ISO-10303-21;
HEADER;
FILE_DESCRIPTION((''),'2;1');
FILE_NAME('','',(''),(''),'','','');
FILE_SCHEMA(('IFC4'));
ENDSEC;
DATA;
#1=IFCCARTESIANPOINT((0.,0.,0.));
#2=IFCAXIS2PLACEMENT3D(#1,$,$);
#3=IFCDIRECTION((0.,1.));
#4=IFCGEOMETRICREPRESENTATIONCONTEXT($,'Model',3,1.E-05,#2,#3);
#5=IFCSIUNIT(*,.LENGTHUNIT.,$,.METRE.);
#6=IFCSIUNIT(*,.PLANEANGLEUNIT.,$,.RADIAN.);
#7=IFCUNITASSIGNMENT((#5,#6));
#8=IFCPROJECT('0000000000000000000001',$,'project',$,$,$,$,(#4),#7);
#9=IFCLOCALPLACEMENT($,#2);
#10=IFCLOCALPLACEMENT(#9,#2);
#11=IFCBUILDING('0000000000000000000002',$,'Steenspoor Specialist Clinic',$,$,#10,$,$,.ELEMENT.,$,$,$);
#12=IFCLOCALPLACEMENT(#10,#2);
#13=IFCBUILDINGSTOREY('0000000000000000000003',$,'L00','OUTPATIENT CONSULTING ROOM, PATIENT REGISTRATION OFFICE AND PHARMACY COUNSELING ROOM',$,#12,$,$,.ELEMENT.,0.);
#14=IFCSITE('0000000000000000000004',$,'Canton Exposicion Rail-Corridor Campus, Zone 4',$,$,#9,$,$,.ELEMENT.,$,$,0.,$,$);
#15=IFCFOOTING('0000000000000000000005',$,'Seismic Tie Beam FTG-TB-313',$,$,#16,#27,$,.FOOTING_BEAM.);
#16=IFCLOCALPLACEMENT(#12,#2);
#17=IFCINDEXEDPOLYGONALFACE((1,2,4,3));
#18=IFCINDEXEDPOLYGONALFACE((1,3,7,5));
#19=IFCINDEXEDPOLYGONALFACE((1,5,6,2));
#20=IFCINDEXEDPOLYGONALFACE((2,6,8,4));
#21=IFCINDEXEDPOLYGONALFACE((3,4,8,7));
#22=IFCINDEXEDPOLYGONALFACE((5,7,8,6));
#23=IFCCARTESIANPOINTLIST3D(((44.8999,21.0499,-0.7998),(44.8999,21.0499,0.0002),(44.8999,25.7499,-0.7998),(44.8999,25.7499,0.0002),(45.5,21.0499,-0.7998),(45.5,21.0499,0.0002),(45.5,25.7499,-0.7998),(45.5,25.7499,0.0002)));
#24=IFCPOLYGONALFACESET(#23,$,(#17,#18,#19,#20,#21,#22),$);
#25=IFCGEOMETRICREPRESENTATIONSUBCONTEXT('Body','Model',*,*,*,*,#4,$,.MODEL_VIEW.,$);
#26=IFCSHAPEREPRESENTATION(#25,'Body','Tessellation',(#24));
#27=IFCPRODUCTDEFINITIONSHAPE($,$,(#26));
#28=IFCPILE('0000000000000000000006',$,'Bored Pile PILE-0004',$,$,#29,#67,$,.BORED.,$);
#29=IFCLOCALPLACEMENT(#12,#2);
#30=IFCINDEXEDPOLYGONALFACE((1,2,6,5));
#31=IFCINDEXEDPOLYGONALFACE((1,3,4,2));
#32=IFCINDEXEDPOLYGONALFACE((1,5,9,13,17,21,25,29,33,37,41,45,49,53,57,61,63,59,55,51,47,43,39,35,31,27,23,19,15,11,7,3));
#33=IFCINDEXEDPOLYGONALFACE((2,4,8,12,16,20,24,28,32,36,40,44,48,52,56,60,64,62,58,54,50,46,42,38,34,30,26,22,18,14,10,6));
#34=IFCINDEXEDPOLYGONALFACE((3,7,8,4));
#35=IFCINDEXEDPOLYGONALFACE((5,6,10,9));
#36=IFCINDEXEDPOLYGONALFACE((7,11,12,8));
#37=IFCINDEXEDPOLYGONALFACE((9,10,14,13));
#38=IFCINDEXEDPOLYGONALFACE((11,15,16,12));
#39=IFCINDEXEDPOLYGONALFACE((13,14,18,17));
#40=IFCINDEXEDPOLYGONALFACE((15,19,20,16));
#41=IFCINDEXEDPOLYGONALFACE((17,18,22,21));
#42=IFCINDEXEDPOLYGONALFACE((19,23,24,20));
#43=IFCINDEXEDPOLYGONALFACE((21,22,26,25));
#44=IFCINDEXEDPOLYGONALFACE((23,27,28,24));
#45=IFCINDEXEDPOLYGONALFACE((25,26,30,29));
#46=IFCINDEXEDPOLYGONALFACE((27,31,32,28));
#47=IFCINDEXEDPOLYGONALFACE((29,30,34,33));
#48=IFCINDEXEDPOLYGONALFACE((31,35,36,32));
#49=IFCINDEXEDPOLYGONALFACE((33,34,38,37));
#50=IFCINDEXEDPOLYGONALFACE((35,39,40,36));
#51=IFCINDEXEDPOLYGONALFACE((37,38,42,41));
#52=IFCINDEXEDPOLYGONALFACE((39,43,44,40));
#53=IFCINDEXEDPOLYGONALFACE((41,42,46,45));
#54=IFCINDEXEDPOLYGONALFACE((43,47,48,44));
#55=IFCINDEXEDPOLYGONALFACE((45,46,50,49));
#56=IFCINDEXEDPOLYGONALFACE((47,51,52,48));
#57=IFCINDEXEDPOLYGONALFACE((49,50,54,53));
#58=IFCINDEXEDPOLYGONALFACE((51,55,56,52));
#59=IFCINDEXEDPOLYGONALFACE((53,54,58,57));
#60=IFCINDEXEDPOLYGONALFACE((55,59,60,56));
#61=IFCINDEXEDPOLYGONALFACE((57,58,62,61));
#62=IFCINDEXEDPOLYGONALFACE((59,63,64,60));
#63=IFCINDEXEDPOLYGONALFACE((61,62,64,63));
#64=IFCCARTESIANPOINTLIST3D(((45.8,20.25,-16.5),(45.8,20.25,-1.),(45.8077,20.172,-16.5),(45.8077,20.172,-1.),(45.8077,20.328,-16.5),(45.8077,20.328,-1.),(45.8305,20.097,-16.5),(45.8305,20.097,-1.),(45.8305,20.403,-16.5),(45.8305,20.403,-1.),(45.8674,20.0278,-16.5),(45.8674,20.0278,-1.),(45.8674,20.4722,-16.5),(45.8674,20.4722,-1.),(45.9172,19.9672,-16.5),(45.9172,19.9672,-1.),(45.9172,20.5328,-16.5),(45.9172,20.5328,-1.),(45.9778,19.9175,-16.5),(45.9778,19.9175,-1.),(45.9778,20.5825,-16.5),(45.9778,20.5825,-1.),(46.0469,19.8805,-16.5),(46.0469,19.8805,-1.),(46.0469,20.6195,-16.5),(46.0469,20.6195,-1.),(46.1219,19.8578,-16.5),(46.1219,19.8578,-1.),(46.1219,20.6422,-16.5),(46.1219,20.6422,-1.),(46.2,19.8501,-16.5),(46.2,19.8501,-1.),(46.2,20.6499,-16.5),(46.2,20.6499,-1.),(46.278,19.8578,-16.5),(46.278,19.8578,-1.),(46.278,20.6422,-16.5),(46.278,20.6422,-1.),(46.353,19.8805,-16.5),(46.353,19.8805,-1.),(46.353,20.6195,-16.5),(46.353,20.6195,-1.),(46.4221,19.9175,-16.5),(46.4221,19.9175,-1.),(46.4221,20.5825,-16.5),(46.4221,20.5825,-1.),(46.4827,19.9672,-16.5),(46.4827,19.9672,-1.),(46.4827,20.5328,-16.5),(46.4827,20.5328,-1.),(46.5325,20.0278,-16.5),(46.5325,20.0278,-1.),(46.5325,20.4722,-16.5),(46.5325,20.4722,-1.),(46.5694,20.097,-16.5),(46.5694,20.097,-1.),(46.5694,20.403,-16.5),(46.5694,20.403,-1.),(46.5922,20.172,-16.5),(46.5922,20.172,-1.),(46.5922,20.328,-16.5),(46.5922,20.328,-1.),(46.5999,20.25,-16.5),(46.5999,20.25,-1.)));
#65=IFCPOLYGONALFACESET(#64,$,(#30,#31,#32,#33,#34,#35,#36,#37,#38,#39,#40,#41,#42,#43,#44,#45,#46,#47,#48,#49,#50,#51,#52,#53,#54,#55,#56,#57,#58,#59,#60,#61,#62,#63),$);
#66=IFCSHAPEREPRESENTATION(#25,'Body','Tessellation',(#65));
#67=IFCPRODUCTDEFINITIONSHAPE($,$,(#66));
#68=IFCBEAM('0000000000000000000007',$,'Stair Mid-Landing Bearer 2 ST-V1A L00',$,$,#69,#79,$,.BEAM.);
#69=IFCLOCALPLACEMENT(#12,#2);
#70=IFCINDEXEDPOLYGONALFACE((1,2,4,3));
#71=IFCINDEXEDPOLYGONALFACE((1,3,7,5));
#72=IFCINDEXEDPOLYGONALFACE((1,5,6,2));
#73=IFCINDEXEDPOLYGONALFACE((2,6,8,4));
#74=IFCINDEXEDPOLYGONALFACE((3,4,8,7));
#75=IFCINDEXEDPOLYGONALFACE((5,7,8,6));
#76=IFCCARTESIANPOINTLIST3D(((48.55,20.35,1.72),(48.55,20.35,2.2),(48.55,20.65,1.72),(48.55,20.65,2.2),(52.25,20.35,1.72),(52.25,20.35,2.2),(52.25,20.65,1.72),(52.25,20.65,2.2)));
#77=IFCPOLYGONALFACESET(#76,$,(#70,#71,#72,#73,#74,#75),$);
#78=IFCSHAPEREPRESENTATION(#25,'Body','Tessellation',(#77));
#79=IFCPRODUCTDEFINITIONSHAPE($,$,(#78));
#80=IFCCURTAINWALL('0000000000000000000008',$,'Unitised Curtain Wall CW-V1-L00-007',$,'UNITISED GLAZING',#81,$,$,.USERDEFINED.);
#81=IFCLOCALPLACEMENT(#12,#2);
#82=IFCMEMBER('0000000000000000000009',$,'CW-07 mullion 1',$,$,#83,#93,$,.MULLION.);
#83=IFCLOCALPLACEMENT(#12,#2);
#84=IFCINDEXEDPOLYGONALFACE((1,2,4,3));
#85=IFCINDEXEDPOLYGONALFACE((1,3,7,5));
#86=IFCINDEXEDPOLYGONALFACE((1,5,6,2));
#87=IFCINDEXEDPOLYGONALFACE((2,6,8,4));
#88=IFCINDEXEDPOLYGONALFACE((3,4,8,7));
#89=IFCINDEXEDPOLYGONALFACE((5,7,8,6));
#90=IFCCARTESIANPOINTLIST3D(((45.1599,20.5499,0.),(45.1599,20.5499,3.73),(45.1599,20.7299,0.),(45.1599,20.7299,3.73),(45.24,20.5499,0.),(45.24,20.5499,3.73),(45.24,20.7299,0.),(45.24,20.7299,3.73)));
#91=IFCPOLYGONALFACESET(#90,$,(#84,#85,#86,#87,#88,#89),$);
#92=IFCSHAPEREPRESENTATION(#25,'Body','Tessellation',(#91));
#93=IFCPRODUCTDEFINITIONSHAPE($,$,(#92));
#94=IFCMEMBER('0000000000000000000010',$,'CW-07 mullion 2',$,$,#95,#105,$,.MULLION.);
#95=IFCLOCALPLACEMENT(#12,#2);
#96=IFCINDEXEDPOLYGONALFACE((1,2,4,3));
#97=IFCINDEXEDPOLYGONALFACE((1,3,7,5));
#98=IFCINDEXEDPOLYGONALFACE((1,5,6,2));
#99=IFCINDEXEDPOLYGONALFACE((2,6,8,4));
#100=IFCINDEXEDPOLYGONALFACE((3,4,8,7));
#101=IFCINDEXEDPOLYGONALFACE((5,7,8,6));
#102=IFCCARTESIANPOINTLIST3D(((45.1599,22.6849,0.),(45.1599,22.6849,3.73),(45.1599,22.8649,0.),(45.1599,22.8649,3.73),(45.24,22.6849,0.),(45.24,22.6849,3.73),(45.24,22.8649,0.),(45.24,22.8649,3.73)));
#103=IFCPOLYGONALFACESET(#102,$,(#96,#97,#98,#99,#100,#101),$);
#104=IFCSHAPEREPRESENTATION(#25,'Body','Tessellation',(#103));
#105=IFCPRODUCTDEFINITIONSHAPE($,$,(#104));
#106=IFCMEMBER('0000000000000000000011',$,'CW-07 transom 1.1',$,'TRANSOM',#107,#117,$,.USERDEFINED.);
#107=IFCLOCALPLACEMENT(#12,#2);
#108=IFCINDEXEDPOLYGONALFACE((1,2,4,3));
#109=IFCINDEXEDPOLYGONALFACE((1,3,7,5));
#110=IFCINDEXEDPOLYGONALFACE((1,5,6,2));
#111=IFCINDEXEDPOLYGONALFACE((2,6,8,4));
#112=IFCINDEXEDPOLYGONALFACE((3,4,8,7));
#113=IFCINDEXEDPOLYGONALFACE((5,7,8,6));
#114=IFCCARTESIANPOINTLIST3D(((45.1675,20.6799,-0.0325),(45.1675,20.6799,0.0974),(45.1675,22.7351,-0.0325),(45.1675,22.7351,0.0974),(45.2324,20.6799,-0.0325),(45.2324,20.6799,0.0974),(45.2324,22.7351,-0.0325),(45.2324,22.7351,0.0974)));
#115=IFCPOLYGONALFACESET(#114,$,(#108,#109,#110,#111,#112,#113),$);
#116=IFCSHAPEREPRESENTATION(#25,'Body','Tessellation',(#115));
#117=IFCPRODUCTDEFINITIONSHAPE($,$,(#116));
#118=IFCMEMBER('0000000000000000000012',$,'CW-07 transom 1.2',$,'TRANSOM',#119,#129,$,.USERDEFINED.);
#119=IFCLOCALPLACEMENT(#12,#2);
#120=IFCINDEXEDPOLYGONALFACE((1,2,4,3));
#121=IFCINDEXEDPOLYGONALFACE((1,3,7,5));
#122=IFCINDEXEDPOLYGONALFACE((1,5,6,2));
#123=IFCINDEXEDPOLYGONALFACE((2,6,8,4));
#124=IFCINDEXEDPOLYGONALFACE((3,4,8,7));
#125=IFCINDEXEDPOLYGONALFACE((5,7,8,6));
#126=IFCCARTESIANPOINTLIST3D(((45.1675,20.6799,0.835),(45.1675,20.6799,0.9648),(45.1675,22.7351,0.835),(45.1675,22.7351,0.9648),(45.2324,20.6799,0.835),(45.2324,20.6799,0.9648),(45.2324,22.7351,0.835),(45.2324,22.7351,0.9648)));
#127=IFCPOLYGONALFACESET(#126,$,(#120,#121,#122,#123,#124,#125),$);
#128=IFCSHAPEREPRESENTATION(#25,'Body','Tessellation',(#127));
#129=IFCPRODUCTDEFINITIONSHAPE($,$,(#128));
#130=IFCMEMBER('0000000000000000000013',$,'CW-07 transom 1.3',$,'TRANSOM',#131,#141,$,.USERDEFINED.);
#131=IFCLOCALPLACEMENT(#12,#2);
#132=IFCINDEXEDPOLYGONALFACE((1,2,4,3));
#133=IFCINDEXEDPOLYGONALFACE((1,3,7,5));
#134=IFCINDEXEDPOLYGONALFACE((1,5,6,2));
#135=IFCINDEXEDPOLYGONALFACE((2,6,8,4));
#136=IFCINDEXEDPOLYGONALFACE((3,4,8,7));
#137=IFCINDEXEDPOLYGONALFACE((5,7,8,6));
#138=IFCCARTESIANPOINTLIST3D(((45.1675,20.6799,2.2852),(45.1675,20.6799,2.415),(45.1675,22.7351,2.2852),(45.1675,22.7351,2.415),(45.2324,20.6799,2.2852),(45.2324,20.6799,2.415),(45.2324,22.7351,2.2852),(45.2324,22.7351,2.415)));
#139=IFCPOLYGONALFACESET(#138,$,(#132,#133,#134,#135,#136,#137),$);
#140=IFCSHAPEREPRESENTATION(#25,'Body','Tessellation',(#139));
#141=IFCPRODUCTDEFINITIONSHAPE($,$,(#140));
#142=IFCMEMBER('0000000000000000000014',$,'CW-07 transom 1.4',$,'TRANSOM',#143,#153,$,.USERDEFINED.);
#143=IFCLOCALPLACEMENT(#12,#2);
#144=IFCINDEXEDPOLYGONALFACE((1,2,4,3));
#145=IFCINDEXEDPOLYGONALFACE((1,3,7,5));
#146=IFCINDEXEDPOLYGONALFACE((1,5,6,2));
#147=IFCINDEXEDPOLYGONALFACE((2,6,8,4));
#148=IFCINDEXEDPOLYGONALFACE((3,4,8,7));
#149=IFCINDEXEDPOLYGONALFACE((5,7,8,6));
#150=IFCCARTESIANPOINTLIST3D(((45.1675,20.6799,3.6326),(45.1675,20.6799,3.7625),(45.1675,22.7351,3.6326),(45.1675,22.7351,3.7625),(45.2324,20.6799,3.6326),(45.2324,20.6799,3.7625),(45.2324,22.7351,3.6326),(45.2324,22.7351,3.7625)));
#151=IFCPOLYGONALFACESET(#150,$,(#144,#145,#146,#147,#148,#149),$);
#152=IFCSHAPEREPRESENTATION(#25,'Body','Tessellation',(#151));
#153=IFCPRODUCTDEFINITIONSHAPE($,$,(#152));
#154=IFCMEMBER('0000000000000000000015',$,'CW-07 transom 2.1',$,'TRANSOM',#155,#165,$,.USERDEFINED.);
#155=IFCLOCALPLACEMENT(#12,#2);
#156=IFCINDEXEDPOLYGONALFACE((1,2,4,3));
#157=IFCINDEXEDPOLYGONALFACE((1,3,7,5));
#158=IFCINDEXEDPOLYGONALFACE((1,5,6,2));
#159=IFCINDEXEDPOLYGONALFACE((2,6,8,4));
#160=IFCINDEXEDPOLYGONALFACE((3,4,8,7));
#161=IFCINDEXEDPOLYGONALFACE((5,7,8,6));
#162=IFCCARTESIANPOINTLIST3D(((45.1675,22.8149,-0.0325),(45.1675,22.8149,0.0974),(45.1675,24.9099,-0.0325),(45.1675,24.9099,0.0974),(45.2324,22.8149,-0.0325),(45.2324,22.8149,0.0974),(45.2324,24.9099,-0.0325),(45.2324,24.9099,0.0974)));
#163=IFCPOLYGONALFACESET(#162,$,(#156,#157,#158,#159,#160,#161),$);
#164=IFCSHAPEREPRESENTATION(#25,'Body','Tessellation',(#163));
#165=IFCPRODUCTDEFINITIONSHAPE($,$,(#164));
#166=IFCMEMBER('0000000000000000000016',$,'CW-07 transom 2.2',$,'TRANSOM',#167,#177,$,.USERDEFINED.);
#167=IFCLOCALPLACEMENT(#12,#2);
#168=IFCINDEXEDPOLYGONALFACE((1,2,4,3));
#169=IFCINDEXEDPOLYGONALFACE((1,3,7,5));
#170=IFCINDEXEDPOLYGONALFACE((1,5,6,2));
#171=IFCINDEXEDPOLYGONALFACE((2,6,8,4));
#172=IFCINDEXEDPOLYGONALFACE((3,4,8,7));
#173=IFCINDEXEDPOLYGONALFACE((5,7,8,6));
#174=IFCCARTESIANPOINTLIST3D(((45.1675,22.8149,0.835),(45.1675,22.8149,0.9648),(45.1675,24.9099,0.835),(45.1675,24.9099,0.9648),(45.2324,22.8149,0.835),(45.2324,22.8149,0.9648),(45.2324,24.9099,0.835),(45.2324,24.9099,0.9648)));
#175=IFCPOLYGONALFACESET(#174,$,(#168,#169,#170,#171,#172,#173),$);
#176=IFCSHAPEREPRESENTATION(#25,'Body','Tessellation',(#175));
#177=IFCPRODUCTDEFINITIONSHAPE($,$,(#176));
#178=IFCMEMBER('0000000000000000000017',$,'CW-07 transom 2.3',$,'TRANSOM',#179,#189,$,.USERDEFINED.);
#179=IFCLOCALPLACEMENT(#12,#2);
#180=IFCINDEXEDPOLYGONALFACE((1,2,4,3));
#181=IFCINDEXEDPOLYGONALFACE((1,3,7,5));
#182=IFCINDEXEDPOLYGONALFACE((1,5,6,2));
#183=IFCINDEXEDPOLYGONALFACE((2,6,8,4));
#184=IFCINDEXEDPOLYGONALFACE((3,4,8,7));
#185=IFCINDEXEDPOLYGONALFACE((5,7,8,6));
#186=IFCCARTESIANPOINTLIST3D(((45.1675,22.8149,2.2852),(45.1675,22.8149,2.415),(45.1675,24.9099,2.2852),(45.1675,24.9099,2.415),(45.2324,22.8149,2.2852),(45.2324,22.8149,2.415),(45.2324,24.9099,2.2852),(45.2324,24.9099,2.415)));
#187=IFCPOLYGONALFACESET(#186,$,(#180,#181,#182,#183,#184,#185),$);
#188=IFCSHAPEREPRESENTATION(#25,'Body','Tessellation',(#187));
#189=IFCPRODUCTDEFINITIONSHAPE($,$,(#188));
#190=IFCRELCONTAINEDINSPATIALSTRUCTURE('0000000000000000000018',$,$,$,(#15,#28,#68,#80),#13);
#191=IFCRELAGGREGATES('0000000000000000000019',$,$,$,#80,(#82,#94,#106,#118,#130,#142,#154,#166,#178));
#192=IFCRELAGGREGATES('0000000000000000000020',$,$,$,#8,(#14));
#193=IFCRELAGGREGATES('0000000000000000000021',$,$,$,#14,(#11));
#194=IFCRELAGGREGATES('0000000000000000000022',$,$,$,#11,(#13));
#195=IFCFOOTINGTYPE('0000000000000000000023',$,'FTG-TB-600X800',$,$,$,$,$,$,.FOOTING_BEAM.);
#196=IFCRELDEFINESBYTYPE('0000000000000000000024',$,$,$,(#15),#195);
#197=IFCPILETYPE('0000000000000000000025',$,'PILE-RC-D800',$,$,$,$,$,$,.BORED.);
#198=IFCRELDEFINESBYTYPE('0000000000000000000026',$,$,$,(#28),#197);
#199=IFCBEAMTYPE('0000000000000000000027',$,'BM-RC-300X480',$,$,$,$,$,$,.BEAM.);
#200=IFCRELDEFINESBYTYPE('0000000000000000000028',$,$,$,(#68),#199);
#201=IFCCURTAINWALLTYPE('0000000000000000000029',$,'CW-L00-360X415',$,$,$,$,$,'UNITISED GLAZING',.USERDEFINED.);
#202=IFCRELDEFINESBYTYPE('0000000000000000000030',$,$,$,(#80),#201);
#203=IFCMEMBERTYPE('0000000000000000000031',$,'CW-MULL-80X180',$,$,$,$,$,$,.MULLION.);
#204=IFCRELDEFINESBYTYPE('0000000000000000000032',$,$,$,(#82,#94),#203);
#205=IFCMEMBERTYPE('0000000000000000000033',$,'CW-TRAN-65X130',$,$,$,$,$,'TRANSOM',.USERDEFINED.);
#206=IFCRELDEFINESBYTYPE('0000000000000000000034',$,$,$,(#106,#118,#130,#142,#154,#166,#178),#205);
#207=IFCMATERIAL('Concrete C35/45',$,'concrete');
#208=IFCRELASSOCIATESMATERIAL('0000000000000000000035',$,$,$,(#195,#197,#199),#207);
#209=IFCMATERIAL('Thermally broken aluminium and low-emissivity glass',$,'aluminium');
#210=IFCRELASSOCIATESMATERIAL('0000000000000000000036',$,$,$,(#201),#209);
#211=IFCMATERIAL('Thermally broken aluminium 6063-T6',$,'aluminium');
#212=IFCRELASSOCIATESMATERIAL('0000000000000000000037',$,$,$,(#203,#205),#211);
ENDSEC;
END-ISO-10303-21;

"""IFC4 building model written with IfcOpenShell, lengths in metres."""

from ifc_helpers import new_model, si_unit, direction, frame, origin, origin_2d, place, context, subcontext, project, spatial, rectangle, circle, extrude, material, material_profile, profile_set, type_object, element, aggregate, save


model = new_model("IFC4")

# Units and contexts
model_context = context("Model", 3, precision=1e-05, world=origin(), true_north=direction((0.0, 1.0)))
body_context = subcontext(model_context, "Body", "Model", "MODEL_VIEW")
ifc_project = project(units=[si_unit("LENGTHUNIT", "METRE"), si_unit("PLANEANGLEUNIT", "RADIAN")], contexts=[model_context])

# Site, building, storey
site_placement = place(None, origin())
site = spatial("IfcSite", under=ifc_project, at=site_placement, Name="Canton Exposicion Rail-Corridor Campus, Zone 4", CompositionType="ELEMENT", RefElevation=0.0)
building_placement = place(site_placement, origin())
building = spatial("IfcBuilding", under=site, at=building_placement, Name="Steenspoor Specialist Clinic", CompositionType="ELEMENT")
storey_placement = place(building_placement, origin())
storey = spatial("IfcBuildingStorey", under=building, at=storey_placement, Name="L00", Description="OUTPATIENT CONSULTING ROOM, PATIENT REGISTRATION OFFICE AND PHARMACY COUNSELING ROOM", CompositionType="ELEMENT", Elevation=0.0)

# Footing
ifc_material_1 = material(Name="Concrete C35/45", Category="concrete")
footing_type = type_object("IfcFootingType", Name="FTG-TB-600X800", PredefinedType="FOOTING_BEAM", material=ifc_material_1)
footing_placement = place(storey_placement, frame((45.2, 23.3999, -0.7998), z_axis=(0.0, 0.0, 1.0), x_axis=(1.0, 0.0, 0.0)))
element("IfcFooting", 1, at=footing_placement, inside=storey, type_object=footing_type, Name="Seismic Tie Beam FTG-TB-313", PredefinedType="FOOTING_BEAM", context=body_context, shape_type="SweptSolid", body=[
    extrude(rectangle(XDim=0.6001, YDim=4.7, at=origin_2d()), origin(), (0.0, 0.0, 1.0), 0.8),
])

# Pile
ifc_material_profile_1 = material_profile(ifc_material_1, circle(Radius=0.3999, at=origin_2d()), Name="PILE-D800")
ifc_profile_set_1 = profile_set([ifc_material_profile_1], Name="Concrete C35/45")
pile_type = type_object("IfcPileType", Name="PILE-RC-D800", PredefinedType="BORED", material=ifc_profile_set_1)
pile_placement = place(storey_placement, frame((46.2, 20.25, -1.0), z_axis=(0.0, 0.0, -1.0), x_axis=(1.0, 0.0, 0.0)))
element("IfcPile", 2, at=pile_placement, inside=storey, type_object=pile_type, Name="Bored Pile PILE-0004", PredefinedType="BORED", context=body_context, shape_type="SweptSolid", body=[
    extrude(circle(Radius=0.3999, at=origin_2d()), origin(), (0.0, 0.0, 1.0), 15.5),
])

# Beam
ifc_material_profile_2 = material_profile(ifc_material_1, rectangle(XDim=0.3, YDim=0.48, at=origin_2d()), Name="RC-BM-300X480")
ifc_profile_set_2 = profile_set([ifc_material_profile_2], Name="Concrete C35/45")
beam_type_1 = type_object("IfcBeamType", Name="BM-RC-300X480", PredefinedType="BEAM", material=ifc_profile_set_2)
beam_1_placement = place(storey_placement, frame((48.55, 20.5, 1.96), z_axis=(1.0, 0.0, 0.0), x_axis=(0.0, 1.0, 0.0)))
element("IfcBeam", 3, at=beam_1_placement, inside=storey, type_object=beam_type_1, Name="Stair Mid-Landing Bearer 2 ST-V1A L00", PredefinedType="BEAM", context=body_context, shape_type="SweptSolid", body=[
    extrude(rectangle(XDim=0.3, YDim=0.48, at=origin_2d()), origin(), (0.0, 0.0, 1.0), 3.7),
])

# Curtain wall, members
ifc_material_2 = material(Name="Thermally broken aluminium and low-emissivity glass", Category="aluminium")
curtain_wall_type = type_object("IfcCurtainWallType", Name="CW-L00-360X415", ElementType="UNITISED GLAZING", PredefinedType="USERDEFINED", material=ifc_material_2)
curtain_wall_placement = place(storey_placement, origin())
curtain_wall = element("IfcCurtainWall", 4, at=curtain_wall_placement, inside=storey, type_object=curtain_wall_type, Name="Unitised Curtain Wall CW-V1-L00-007", ObjectType="UNITISED GLAZING", PredefinedType="USERDEFINED")
ifc_material_3 = material(Name="Thermally broken aluminium 6063-T6", Category="aluminium")
ifc_material_profile_3 = material_profile(ifc_material_3, rectangle(XDim=0.0801, YDim=0.1799, at=origin_2d()), Name="CWM-80X180")
ifc_profile_set_3 = profile_set([ifc_material_profile_3], Name="Thermally broken aluminium 6063-T6")
member_type_1 = type_object("IfcMemberType", Name="CW-MULL-80X180", PredefinedType="MULLION", material=ifc_profile_set_3)
member_1_placement = place(storey_placement, frame((45.2, 20.6399, 0.0), z_axis=(0.0, 0.0, 1.0), x_axis=(-1.0, 0.0, 0.0)))
member_1 = element("IfcMember", 5, at=member_1_placement, type_object=member_type_1, Name="CW-07 mullion 1", PredefinedType="MULLION", context=body_context, shape_type="SweptSolid", body=[
    extrude(rectangle(XDim=0.0801, YDim=0.1799, at=origin_2d()), origin(), (0.0, 0.0, 1.0), 3.73),
])
member_2_placement = place(storey_placement, frame((45.2, 22.7749, 0.0), z_axis=(0.0, 0.0, 1.0), x_axis=(-1.0, 0.0, 0.0)))
member_2 = element("IfcMember", 6, at=member_2_placement, type_object=member_type_1, Name="CW-07 mullion 2", PredefinedType="MULLION", context=body_context, shape_type="SweptSolid", body=[
    extrude(rectangle(XDim=0.0801, YDim=0.1799, at=origin_2d()), origin(), (0.0, 0.0, 1.0), 3.73),
])
ifc_material_profile_4 = material_profile(ifc_material_3, rectangle(XDim=0.0649, YDim=0.1299, at=origin_2d()), Name="CWT-65X130")
ifc_profile_set_4 = profile_set([ifc_material_profile_4], Name="Thermally broken aluminium 6063-T6")
member_type_2 = type_object("IfcMemberType", Name="CW-TRAN-65X130", ElementType="TRANSOM", PredefinedType="USERDEFINED", material=ifc_profile_set_4)
member_3_placement = place(storey_placement, frame((45.2, 20.6799, 0.0325), z_axis=(0.0, 1.0, 0.0), x_axis=(-1.0, 0.0, 0.0)))
member_3 = element("IfcMember", 7, at=member_3_placement, type_object=member_type_2, Name="CW-07 transom 1.1", ObjectType="TRANSOM", PredefinedType="USERDEFINED", context=body_context, shape_type="SweptSolid", body=[
    extrude(rectangle(XDim=0.0649, YDim=0.1299, at=origin_2d()), origin(), (0.0, 0.0, 1.0), 2.0552),
])
member_4_placement = place(storey_placement, frame((45.2, 20.6799, 0.8999), z_axis=(0.0, 1.0, 0.0), x_axis=(-1.0, 0.0, 0.0)))
member_4 = element("IfcMember", 8, at=member_4_placement, type_object=member_type_2, Name="CW-07 transom 1.2", ObjectType="TRANSOM", PredefinedType="USERDEFINED", context=body_context, shape_type="SweptSolid", body=[
    extrude(rectangle(XDim=0.0649, YDim=0.1299, at=origin_2d()), origin(), (0.0, 0.0, 1.0), 2.0552),
])
member_5_placement = place(storey_placement, frame((45.2, 20.6799, 2.3501), z_axis=(0.0, 1.0, 0.0), x_axis=(-1.0, 0.0, 0.0)))
member_5 = element("IfcMember", 9, at=member_5_placement, type_object=member_type_2, Name="CW-07 transom 1.3", ObjectType="TRANSOM", PredefinedType="USERDEFINED", context=body_context, shape_type="SweptSolid", body=[
    extrude(rectangle(XDim=0.0649, YDim=0.1299, at=origin_2d()), origin(), (0.0, 0.0, 1.0), 2.0552),
])
member_6_placement = place(storey_placement, frame((45.2, 20.6799, 3.6975), z_axis=(0.0, 1.0, 0.0), x_axis=(-1.0, 0.0, 0.0)))
member_6 = element("IfcMember", 10, at=member_6_placement, type_object=member_type_2, Name="CW-07 transom 1.4", ObjectType="TRANSOM", PredefinedType="USERDEFINED", context=body_context, shape_type="SweptSolid", body=[
    extrude(rectangle(XDim=0.0649, YDim=0.1299, at=origin_2d()), origin(), (0.0, 0.0, 1.0), 2.0552),
])
member_7_placement = place(storey_placement, frame((45.2, 22.8149, 0.0325), z_axis=(0.0, 1.0, 0.0), x_axis=(-1.0, 0.0, 0.0)))
member_7 = element("IfcMember", 11, at=member_7_placement, type_object=member_type_2, Name="CW-07 transom 2.1", ObjectType="TRANSOM", PredefinedType="USERDEFINED", context=body_context, shape_type="SweptSolid", body=[
    extrude(rectangle(XDim=0.0649, YDim=0.1299, at=origin_2d()), origin(), (0.0, 0.0, 1.0), 2.095),
])
member_8_placement = place(storey_placement, frame((45.2, 22.8149, 0.8999), z_axis=(0.0, 1.0, 0.0), x_axis=(-1.0, 0.0, 0.0)))
member_8 = element("IfcMember", 12, at=member_8_placement, type_object=member_type_2, Name="CW-07 transom 2.2", ObjectType="TRANSOM", PredefinedType="USERDEFINED", context=body_context, shape_type="SweptSolid", body=[
    extrude(rectangle(XDim=0.0649, YDim=0.1299, at=origin_2d()), origin(), (0.0, 0.0, 1.0), 2.095),
])
member_9_placement = place(storey_placement, frame((45.2, 22.8149, 2.3501), z_axis=(0.0, 1.0, 0.0), x_axis=(-1.0, 0.0, 0.0)))
member_9 = element("IfcMember", 13, at=member_9_placement, type_object=member_type_2, Name="CW-07 transom 2.3", ObjectType="TRANSOM", PredefinedType="USERDEFINED", context=body_context, shape_type="SweptSolid", body=[
    extrude(rectangle(XDim=0.0649, YDim=0.1299, at=origin_2d()), origin(), (0.0, 0.0, 1.0), 2.095),
])

aggregate(curtain_wall, [member_1, member_2, member_3, member_4, member_5, member_6, member_7, member_8, member_9])

save(model, "model.ifc")
